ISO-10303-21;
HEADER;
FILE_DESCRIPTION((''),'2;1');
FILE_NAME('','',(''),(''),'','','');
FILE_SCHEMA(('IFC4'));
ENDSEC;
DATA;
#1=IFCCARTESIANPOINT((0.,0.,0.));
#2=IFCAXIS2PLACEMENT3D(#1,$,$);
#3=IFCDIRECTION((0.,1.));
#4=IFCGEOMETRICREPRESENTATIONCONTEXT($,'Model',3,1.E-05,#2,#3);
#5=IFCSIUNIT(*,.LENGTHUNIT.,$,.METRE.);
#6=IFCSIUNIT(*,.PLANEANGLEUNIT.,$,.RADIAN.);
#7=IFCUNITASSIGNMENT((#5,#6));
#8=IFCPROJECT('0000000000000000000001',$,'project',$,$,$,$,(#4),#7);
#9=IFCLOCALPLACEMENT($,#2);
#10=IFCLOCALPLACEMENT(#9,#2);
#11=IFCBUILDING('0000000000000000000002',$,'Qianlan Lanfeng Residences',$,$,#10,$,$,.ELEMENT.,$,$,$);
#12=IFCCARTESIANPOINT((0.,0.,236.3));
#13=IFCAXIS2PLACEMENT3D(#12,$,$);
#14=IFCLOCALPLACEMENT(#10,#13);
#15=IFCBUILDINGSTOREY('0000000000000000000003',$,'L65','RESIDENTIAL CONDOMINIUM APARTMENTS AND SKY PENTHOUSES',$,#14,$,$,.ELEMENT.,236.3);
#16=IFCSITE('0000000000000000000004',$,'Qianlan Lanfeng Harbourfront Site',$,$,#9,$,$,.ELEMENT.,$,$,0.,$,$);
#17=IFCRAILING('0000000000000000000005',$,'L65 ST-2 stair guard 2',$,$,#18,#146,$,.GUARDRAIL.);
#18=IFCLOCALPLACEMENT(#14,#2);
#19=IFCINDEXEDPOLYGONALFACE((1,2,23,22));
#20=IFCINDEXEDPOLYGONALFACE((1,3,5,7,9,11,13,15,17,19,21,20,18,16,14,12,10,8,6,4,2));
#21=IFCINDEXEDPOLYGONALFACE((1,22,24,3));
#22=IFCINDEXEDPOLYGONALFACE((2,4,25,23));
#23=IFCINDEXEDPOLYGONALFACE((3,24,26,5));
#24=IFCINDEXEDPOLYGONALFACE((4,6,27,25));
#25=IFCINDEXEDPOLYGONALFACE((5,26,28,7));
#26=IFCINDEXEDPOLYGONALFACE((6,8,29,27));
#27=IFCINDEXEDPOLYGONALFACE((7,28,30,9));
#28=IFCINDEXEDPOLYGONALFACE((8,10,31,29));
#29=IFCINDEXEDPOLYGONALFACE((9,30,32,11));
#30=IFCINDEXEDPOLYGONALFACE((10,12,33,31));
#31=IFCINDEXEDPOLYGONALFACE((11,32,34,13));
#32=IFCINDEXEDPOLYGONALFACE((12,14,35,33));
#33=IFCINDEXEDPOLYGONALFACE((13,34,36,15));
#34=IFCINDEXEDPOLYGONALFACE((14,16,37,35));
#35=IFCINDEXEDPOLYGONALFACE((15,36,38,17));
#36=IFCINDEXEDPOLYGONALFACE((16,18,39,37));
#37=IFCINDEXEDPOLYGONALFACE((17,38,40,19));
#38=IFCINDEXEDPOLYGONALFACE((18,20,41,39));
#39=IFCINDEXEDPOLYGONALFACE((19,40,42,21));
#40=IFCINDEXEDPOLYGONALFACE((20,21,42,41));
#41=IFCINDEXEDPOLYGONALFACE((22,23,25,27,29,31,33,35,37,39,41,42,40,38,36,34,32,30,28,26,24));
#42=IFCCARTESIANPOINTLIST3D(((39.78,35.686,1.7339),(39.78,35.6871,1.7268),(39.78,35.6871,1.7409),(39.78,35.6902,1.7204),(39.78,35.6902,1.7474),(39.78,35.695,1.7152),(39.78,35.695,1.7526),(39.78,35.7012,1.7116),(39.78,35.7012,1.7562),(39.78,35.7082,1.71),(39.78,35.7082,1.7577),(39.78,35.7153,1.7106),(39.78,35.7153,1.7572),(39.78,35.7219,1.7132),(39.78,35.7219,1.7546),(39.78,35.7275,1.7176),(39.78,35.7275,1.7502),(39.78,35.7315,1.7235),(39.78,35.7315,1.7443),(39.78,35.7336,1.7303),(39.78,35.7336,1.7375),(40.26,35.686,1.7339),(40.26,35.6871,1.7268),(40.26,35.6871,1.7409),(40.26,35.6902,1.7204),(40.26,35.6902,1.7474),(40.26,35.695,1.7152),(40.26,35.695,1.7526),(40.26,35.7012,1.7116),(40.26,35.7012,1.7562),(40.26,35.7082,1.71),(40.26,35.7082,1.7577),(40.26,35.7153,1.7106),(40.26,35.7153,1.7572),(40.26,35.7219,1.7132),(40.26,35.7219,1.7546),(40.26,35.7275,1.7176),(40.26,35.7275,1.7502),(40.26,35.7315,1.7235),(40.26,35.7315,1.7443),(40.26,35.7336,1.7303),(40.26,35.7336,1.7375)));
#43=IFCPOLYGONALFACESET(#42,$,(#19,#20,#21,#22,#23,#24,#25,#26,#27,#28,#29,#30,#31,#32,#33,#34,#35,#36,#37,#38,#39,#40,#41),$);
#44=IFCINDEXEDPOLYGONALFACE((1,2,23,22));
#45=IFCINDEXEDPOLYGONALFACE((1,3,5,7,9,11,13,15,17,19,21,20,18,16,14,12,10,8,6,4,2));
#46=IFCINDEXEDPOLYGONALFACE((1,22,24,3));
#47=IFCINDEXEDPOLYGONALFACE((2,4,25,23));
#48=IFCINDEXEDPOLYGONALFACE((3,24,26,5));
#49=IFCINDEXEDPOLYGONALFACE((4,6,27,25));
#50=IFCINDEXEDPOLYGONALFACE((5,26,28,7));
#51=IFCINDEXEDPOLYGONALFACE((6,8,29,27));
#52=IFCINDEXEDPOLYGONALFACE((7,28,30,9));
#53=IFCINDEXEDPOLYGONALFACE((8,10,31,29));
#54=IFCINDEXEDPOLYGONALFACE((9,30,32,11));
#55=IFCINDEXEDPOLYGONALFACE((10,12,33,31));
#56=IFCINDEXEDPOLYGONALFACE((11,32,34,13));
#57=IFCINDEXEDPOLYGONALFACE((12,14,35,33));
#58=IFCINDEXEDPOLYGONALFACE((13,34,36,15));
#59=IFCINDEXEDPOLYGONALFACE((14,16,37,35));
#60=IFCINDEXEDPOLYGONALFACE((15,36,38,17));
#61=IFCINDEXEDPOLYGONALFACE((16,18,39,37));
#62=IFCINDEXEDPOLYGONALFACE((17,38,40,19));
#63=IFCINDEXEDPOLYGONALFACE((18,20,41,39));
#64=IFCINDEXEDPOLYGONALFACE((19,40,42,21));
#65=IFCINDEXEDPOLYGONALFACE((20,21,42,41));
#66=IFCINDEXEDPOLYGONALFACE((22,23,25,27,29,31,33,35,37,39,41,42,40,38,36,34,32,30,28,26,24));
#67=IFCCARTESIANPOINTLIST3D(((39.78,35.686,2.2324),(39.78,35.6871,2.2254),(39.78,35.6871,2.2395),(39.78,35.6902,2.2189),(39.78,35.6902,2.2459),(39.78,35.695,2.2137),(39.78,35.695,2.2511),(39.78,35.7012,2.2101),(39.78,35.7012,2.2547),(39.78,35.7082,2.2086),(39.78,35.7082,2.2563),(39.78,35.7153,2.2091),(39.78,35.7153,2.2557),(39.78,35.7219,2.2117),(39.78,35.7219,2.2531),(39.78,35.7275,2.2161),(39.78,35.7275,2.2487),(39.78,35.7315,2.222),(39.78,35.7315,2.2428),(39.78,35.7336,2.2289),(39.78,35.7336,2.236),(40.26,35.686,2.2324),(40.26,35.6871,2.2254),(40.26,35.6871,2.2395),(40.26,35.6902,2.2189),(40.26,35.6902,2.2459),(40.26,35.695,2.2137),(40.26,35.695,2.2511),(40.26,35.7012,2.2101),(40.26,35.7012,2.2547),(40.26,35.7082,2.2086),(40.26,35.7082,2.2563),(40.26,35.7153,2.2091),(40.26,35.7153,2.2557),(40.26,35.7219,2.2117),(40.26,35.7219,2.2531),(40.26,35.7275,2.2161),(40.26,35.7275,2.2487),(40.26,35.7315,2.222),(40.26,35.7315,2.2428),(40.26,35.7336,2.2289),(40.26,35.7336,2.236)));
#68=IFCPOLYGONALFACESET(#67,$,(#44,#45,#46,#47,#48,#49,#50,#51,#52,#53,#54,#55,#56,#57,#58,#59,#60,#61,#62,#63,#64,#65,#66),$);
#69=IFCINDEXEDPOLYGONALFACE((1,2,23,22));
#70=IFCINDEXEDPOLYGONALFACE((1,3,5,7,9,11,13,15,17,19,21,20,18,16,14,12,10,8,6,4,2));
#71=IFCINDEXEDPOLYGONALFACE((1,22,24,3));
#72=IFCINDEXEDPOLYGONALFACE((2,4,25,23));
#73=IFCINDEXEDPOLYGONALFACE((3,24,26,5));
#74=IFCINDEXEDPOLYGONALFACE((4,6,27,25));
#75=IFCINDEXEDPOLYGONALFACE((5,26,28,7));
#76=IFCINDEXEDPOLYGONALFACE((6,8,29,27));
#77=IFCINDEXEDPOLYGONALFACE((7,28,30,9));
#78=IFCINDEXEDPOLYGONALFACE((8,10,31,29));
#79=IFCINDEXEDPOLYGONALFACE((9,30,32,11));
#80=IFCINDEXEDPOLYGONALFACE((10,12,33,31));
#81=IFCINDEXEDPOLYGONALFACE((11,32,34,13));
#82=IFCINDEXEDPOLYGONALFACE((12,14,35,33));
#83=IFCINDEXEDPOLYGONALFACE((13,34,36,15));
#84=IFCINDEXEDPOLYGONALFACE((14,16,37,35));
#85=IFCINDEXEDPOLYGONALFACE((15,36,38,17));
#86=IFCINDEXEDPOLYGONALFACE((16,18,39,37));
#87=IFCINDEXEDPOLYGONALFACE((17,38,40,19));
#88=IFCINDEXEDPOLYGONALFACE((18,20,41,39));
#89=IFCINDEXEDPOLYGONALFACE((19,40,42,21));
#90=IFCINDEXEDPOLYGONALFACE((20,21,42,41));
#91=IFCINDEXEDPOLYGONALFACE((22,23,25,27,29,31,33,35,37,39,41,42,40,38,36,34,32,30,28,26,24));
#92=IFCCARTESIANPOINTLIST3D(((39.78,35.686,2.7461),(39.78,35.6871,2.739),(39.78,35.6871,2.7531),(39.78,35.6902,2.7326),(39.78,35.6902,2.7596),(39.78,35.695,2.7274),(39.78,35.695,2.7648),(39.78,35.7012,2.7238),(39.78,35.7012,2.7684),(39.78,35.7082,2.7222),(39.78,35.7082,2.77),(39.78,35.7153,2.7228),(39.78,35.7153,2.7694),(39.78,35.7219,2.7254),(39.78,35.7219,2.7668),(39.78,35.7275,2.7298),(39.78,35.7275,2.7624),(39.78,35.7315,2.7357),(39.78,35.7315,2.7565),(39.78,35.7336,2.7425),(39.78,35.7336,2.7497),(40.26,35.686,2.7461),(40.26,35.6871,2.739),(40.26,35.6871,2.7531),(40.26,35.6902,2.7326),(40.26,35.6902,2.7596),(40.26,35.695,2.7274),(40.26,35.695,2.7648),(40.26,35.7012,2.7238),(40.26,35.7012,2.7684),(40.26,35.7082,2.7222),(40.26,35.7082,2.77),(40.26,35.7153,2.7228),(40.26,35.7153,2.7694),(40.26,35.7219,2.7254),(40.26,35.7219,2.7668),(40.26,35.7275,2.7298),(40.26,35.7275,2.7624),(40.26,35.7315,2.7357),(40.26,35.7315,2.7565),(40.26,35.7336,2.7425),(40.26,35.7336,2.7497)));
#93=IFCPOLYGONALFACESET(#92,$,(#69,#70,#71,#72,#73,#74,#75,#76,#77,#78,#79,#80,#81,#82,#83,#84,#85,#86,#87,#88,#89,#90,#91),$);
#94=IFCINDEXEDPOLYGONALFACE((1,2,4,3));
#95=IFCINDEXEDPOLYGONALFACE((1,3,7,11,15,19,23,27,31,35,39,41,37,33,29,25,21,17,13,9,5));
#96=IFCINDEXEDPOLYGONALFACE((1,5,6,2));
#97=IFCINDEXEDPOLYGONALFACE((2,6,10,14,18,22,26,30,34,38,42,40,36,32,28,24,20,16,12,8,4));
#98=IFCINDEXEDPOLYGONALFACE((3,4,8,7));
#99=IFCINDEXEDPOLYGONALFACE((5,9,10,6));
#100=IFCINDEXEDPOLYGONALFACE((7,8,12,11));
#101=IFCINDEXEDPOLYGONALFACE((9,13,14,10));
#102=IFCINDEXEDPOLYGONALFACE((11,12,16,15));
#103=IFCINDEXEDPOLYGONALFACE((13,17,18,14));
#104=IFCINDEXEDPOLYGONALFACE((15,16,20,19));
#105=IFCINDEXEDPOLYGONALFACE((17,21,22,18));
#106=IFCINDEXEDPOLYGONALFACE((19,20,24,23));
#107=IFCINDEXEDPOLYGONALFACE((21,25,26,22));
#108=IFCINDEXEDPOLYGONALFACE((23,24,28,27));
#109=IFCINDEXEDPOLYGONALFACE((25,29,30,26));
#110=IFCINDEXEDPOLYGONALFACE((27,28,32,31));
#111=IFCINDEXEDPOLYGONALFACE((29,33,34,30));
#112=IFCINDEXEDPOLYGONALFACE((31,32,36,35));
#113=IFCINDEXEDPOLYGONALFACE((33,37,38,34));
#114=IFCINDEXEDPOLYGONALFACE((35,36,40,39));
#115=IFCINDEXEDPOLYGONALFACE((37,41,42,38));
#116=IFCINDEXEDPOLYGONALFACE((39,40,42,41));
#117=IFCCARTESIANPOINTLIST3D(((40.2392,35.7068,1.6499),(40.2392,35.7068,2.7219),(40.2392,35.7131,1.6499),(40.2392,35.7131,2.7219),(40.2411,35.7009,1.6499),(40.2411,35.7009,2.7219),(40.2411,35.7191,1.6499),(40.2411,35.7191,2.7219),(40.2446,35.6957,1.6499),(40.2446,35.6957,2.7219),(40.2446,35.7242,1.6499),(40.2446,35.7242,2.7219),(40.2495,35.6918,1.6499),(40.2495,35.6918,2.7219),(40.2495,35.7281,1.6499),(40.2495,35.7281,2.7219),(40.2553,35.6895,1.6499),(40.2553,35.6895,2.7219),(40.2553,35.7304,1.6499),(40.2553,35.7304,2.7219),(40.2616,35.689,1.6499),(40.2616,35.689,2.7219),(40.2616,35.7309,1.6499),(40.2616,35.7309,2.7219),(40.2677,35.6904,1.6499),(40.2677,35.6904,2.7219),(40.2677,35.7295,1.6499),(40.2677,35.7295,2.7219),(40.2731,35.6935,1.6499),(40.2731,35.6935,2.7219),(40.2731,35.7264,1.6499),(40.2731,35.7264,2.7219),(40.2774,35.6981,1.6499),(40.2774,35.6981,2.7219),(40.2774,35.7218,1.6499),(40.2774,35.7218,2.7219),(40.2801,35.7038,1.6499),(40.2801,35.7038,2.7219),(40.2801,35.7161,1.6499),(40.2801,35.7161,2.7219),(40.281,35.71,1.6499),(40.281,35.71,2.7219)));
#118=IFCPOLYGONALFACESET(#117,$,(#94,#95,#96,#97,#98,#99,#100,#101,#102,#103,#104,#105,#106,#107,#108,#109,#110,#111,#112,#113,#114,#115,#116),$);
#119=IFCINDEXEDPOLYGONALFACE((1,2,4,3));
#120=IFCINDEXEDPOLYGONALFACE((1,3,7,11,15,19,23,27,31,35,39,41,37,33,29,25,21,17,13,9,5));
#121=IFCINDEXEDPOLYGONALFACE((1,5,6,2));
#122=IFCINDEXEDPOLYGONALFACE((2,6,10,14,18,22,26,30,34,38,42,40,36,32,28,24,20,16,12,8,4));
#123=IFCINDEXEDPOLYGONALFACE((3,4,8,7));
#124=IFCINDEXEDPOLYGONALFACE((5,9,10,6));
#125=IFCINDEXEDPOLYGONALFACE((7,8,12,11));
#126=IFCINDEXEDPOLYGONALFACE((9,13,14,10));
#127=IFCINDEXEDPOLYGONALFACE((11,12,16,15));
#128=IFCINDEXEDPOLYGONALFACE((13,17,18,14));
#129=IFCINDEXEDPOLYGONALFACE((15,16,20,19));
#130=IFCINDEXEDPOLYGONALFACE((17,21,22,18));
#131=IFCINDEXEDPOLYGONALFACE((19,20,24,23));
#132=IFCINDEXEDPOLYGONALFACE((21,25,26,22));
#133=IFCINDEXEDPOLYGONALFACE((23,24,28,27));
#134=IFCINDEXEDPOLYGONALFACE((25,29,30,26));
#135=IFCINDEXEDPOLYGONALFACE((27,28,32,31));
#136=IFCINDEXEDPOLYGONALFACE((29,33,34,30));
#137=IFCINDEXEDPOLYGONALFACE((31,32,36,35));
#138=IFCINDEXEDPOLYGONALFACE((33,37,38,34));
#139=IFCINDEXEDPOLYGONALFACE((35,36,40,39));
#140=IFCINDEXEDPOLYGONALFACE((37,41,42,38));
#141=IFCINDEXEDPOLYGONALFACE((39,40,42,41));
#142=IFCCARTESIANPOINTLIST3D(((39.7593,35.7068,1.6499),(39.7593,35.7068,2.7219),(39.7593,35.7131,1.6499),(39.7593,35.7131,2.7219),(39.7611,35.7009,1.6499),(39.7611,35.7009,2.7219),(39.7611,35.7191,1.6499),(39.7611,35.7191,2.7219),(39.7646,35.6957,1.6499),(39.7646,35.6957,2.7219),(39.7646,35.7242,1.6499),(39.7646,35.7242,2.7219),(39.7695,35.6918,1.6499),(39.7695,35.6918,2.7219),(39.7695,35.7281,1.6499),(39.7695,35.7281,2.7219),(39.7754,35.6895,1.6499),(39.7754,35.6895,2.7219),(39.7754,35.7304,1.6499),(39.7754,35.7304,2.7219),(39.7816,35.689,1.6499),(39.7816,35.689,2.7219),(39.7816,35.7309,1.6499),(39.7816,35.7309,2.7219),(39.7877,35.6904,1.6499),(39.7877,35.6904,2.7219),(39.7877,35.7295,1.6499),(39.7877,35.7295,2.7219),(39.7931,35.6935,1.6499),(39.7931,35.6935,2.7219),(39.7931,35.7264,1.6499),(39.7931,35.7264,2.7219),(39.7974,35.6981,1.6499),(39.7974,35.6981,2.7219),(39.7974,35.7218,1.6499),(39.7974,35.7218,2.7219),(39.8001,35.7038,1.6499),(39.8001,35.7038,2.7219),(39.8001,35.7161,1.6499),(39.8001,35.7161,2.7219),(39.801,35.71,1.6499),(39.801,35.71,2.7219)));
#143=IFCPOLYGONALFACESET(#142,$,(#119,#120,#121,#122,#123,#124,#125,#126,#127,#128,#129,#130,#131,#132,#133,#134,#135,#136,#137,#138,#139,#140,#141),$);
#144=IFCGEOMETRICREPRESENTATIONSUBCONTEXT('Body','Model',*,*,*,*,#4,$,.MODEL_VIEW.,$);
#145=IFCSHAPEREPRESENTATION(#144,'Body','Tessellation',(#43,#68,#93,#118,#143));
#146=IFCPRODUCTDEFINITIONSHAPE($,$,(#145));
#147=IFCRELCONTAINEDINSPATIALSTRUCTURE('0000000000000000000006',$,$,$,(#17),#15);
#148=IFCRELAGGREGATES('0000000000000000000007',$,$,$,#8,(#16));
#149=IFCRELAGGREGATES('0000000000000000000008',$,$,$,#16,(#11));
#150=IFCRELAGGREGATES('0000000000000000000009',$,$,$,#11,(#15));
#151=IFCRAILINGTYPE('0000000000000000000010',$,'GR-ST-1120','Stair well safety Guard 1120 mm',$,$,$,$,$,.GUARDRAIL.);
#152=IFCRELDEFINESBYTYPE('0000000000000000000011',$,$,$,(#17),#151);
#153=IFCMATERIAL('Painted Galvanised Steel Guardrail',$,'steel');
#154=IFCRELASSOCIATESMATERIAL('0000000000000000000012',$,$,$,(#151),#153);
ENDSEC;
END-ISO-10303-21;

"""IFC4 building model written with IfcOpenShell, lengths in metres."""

from ifc_helpers import new_model, si_unit, direction, frame, origin, origin_2d, place, context, subcontext, project, spatial, circle, extrude, material, type_object, element, save


model = new_model("IFC4")

# Units and contexts
model_context = context("Model", 3, precision=1e-05, world=origin(), true_north=direction((0.0, 1.0)))
body_context = subcontext(model_context, "Body", "Model", "MODEL_VIEW")
ifc_project = project(units=[si_unit("LENGTHUNIT", "METRE"), si_unit("PLANEANGLEUNIT", "RADIAN")], contexts=[model_context])

# Site, building, storey
site_placement = place(None, origin())
site = spatial("IfcSite", under=ifc_project, at=site_placement, Name="Qianlan Lanfeng Harbourfront Site", CompositionType="ELEMENT", RefElevation=0.0)
building_placement = place(site_placement, origin())
building = spatial("IfcBuilding", under=site, at=building_placement, Name="Qianlan Lanfeng Residences", CompositionType="ELEMENT")
storey_placement = place(building_placement, frame((0.0, 0.0, 236.3)))
storey = spatial("IfcBuildingStorey", under=building, at=storey_placement, Name="L65", Description="RESIDENTIAL CONDOMINIUM APARTMENTS AND SKY PENTHOUSES", CompositionType="ELEMENT", Elevation=236.3)

# Railing
ifc_material_1 = material(Name="Painted Galvanised Steel Guardrail", Category="steel")
railing_type_1 = type_object("IfcRailingType", Name="GR-ST-1120", Description="Stair well safety Guard 1120 mm", PredefinedType="GUARDRAIL", material=ifc_material_1)
railing_1_placement = place(storey_placement, frame((40.26, 35.71, 1.6499)))
element("IfcRailing", 1, at=railing_1_placement, inside=storey, type_object=railing_type_1, Name="L65 ST-2 stair guard 2", PredefinedType="GUARDRAIL", context=body_context, shape_type="SweptSolid", body=[
    extrude(circle(Radius=0.0239, at=origin_2d()), frame((0.0, 0.0, 0.084), z_axis=(-1.0, 0.0, 0.0), x_axis=(0.0, -1.0, 0.0)), (0.0, 0.0, 1.0), 0.48),
    extrude(circle(Radius=0.0239, at=origin_2d()), frame((0.0, 0.0, 0.5825), z_axis=(-1.0, 0.0, 0.0), x_axis=(0.0, -1.0, 0.0)), (0.0, 0.0, 1.0), 0.48),
    extrude(circle(Radius=0.0239, at=origin_2d()), frame((0.0, 0.0, 1.0962), z_axis=(-1.0, 0.0, 0.0), x_axis=(0.0, -1.0, 0.0)), (0.0, 0.0, 1.0), 0.48),
    extrude(circle(Radius=0.021, at=origin_2d()), origin(), (0.0, 0.0, 1.0), 1.072),
    extrude(circle(Radius=0.021, at=origin_2d()), frame((-0.48, 0.0, 0.0)), (0.0, 0.0, 1.0), 1.072),
])

save(model, "model.ifc")
